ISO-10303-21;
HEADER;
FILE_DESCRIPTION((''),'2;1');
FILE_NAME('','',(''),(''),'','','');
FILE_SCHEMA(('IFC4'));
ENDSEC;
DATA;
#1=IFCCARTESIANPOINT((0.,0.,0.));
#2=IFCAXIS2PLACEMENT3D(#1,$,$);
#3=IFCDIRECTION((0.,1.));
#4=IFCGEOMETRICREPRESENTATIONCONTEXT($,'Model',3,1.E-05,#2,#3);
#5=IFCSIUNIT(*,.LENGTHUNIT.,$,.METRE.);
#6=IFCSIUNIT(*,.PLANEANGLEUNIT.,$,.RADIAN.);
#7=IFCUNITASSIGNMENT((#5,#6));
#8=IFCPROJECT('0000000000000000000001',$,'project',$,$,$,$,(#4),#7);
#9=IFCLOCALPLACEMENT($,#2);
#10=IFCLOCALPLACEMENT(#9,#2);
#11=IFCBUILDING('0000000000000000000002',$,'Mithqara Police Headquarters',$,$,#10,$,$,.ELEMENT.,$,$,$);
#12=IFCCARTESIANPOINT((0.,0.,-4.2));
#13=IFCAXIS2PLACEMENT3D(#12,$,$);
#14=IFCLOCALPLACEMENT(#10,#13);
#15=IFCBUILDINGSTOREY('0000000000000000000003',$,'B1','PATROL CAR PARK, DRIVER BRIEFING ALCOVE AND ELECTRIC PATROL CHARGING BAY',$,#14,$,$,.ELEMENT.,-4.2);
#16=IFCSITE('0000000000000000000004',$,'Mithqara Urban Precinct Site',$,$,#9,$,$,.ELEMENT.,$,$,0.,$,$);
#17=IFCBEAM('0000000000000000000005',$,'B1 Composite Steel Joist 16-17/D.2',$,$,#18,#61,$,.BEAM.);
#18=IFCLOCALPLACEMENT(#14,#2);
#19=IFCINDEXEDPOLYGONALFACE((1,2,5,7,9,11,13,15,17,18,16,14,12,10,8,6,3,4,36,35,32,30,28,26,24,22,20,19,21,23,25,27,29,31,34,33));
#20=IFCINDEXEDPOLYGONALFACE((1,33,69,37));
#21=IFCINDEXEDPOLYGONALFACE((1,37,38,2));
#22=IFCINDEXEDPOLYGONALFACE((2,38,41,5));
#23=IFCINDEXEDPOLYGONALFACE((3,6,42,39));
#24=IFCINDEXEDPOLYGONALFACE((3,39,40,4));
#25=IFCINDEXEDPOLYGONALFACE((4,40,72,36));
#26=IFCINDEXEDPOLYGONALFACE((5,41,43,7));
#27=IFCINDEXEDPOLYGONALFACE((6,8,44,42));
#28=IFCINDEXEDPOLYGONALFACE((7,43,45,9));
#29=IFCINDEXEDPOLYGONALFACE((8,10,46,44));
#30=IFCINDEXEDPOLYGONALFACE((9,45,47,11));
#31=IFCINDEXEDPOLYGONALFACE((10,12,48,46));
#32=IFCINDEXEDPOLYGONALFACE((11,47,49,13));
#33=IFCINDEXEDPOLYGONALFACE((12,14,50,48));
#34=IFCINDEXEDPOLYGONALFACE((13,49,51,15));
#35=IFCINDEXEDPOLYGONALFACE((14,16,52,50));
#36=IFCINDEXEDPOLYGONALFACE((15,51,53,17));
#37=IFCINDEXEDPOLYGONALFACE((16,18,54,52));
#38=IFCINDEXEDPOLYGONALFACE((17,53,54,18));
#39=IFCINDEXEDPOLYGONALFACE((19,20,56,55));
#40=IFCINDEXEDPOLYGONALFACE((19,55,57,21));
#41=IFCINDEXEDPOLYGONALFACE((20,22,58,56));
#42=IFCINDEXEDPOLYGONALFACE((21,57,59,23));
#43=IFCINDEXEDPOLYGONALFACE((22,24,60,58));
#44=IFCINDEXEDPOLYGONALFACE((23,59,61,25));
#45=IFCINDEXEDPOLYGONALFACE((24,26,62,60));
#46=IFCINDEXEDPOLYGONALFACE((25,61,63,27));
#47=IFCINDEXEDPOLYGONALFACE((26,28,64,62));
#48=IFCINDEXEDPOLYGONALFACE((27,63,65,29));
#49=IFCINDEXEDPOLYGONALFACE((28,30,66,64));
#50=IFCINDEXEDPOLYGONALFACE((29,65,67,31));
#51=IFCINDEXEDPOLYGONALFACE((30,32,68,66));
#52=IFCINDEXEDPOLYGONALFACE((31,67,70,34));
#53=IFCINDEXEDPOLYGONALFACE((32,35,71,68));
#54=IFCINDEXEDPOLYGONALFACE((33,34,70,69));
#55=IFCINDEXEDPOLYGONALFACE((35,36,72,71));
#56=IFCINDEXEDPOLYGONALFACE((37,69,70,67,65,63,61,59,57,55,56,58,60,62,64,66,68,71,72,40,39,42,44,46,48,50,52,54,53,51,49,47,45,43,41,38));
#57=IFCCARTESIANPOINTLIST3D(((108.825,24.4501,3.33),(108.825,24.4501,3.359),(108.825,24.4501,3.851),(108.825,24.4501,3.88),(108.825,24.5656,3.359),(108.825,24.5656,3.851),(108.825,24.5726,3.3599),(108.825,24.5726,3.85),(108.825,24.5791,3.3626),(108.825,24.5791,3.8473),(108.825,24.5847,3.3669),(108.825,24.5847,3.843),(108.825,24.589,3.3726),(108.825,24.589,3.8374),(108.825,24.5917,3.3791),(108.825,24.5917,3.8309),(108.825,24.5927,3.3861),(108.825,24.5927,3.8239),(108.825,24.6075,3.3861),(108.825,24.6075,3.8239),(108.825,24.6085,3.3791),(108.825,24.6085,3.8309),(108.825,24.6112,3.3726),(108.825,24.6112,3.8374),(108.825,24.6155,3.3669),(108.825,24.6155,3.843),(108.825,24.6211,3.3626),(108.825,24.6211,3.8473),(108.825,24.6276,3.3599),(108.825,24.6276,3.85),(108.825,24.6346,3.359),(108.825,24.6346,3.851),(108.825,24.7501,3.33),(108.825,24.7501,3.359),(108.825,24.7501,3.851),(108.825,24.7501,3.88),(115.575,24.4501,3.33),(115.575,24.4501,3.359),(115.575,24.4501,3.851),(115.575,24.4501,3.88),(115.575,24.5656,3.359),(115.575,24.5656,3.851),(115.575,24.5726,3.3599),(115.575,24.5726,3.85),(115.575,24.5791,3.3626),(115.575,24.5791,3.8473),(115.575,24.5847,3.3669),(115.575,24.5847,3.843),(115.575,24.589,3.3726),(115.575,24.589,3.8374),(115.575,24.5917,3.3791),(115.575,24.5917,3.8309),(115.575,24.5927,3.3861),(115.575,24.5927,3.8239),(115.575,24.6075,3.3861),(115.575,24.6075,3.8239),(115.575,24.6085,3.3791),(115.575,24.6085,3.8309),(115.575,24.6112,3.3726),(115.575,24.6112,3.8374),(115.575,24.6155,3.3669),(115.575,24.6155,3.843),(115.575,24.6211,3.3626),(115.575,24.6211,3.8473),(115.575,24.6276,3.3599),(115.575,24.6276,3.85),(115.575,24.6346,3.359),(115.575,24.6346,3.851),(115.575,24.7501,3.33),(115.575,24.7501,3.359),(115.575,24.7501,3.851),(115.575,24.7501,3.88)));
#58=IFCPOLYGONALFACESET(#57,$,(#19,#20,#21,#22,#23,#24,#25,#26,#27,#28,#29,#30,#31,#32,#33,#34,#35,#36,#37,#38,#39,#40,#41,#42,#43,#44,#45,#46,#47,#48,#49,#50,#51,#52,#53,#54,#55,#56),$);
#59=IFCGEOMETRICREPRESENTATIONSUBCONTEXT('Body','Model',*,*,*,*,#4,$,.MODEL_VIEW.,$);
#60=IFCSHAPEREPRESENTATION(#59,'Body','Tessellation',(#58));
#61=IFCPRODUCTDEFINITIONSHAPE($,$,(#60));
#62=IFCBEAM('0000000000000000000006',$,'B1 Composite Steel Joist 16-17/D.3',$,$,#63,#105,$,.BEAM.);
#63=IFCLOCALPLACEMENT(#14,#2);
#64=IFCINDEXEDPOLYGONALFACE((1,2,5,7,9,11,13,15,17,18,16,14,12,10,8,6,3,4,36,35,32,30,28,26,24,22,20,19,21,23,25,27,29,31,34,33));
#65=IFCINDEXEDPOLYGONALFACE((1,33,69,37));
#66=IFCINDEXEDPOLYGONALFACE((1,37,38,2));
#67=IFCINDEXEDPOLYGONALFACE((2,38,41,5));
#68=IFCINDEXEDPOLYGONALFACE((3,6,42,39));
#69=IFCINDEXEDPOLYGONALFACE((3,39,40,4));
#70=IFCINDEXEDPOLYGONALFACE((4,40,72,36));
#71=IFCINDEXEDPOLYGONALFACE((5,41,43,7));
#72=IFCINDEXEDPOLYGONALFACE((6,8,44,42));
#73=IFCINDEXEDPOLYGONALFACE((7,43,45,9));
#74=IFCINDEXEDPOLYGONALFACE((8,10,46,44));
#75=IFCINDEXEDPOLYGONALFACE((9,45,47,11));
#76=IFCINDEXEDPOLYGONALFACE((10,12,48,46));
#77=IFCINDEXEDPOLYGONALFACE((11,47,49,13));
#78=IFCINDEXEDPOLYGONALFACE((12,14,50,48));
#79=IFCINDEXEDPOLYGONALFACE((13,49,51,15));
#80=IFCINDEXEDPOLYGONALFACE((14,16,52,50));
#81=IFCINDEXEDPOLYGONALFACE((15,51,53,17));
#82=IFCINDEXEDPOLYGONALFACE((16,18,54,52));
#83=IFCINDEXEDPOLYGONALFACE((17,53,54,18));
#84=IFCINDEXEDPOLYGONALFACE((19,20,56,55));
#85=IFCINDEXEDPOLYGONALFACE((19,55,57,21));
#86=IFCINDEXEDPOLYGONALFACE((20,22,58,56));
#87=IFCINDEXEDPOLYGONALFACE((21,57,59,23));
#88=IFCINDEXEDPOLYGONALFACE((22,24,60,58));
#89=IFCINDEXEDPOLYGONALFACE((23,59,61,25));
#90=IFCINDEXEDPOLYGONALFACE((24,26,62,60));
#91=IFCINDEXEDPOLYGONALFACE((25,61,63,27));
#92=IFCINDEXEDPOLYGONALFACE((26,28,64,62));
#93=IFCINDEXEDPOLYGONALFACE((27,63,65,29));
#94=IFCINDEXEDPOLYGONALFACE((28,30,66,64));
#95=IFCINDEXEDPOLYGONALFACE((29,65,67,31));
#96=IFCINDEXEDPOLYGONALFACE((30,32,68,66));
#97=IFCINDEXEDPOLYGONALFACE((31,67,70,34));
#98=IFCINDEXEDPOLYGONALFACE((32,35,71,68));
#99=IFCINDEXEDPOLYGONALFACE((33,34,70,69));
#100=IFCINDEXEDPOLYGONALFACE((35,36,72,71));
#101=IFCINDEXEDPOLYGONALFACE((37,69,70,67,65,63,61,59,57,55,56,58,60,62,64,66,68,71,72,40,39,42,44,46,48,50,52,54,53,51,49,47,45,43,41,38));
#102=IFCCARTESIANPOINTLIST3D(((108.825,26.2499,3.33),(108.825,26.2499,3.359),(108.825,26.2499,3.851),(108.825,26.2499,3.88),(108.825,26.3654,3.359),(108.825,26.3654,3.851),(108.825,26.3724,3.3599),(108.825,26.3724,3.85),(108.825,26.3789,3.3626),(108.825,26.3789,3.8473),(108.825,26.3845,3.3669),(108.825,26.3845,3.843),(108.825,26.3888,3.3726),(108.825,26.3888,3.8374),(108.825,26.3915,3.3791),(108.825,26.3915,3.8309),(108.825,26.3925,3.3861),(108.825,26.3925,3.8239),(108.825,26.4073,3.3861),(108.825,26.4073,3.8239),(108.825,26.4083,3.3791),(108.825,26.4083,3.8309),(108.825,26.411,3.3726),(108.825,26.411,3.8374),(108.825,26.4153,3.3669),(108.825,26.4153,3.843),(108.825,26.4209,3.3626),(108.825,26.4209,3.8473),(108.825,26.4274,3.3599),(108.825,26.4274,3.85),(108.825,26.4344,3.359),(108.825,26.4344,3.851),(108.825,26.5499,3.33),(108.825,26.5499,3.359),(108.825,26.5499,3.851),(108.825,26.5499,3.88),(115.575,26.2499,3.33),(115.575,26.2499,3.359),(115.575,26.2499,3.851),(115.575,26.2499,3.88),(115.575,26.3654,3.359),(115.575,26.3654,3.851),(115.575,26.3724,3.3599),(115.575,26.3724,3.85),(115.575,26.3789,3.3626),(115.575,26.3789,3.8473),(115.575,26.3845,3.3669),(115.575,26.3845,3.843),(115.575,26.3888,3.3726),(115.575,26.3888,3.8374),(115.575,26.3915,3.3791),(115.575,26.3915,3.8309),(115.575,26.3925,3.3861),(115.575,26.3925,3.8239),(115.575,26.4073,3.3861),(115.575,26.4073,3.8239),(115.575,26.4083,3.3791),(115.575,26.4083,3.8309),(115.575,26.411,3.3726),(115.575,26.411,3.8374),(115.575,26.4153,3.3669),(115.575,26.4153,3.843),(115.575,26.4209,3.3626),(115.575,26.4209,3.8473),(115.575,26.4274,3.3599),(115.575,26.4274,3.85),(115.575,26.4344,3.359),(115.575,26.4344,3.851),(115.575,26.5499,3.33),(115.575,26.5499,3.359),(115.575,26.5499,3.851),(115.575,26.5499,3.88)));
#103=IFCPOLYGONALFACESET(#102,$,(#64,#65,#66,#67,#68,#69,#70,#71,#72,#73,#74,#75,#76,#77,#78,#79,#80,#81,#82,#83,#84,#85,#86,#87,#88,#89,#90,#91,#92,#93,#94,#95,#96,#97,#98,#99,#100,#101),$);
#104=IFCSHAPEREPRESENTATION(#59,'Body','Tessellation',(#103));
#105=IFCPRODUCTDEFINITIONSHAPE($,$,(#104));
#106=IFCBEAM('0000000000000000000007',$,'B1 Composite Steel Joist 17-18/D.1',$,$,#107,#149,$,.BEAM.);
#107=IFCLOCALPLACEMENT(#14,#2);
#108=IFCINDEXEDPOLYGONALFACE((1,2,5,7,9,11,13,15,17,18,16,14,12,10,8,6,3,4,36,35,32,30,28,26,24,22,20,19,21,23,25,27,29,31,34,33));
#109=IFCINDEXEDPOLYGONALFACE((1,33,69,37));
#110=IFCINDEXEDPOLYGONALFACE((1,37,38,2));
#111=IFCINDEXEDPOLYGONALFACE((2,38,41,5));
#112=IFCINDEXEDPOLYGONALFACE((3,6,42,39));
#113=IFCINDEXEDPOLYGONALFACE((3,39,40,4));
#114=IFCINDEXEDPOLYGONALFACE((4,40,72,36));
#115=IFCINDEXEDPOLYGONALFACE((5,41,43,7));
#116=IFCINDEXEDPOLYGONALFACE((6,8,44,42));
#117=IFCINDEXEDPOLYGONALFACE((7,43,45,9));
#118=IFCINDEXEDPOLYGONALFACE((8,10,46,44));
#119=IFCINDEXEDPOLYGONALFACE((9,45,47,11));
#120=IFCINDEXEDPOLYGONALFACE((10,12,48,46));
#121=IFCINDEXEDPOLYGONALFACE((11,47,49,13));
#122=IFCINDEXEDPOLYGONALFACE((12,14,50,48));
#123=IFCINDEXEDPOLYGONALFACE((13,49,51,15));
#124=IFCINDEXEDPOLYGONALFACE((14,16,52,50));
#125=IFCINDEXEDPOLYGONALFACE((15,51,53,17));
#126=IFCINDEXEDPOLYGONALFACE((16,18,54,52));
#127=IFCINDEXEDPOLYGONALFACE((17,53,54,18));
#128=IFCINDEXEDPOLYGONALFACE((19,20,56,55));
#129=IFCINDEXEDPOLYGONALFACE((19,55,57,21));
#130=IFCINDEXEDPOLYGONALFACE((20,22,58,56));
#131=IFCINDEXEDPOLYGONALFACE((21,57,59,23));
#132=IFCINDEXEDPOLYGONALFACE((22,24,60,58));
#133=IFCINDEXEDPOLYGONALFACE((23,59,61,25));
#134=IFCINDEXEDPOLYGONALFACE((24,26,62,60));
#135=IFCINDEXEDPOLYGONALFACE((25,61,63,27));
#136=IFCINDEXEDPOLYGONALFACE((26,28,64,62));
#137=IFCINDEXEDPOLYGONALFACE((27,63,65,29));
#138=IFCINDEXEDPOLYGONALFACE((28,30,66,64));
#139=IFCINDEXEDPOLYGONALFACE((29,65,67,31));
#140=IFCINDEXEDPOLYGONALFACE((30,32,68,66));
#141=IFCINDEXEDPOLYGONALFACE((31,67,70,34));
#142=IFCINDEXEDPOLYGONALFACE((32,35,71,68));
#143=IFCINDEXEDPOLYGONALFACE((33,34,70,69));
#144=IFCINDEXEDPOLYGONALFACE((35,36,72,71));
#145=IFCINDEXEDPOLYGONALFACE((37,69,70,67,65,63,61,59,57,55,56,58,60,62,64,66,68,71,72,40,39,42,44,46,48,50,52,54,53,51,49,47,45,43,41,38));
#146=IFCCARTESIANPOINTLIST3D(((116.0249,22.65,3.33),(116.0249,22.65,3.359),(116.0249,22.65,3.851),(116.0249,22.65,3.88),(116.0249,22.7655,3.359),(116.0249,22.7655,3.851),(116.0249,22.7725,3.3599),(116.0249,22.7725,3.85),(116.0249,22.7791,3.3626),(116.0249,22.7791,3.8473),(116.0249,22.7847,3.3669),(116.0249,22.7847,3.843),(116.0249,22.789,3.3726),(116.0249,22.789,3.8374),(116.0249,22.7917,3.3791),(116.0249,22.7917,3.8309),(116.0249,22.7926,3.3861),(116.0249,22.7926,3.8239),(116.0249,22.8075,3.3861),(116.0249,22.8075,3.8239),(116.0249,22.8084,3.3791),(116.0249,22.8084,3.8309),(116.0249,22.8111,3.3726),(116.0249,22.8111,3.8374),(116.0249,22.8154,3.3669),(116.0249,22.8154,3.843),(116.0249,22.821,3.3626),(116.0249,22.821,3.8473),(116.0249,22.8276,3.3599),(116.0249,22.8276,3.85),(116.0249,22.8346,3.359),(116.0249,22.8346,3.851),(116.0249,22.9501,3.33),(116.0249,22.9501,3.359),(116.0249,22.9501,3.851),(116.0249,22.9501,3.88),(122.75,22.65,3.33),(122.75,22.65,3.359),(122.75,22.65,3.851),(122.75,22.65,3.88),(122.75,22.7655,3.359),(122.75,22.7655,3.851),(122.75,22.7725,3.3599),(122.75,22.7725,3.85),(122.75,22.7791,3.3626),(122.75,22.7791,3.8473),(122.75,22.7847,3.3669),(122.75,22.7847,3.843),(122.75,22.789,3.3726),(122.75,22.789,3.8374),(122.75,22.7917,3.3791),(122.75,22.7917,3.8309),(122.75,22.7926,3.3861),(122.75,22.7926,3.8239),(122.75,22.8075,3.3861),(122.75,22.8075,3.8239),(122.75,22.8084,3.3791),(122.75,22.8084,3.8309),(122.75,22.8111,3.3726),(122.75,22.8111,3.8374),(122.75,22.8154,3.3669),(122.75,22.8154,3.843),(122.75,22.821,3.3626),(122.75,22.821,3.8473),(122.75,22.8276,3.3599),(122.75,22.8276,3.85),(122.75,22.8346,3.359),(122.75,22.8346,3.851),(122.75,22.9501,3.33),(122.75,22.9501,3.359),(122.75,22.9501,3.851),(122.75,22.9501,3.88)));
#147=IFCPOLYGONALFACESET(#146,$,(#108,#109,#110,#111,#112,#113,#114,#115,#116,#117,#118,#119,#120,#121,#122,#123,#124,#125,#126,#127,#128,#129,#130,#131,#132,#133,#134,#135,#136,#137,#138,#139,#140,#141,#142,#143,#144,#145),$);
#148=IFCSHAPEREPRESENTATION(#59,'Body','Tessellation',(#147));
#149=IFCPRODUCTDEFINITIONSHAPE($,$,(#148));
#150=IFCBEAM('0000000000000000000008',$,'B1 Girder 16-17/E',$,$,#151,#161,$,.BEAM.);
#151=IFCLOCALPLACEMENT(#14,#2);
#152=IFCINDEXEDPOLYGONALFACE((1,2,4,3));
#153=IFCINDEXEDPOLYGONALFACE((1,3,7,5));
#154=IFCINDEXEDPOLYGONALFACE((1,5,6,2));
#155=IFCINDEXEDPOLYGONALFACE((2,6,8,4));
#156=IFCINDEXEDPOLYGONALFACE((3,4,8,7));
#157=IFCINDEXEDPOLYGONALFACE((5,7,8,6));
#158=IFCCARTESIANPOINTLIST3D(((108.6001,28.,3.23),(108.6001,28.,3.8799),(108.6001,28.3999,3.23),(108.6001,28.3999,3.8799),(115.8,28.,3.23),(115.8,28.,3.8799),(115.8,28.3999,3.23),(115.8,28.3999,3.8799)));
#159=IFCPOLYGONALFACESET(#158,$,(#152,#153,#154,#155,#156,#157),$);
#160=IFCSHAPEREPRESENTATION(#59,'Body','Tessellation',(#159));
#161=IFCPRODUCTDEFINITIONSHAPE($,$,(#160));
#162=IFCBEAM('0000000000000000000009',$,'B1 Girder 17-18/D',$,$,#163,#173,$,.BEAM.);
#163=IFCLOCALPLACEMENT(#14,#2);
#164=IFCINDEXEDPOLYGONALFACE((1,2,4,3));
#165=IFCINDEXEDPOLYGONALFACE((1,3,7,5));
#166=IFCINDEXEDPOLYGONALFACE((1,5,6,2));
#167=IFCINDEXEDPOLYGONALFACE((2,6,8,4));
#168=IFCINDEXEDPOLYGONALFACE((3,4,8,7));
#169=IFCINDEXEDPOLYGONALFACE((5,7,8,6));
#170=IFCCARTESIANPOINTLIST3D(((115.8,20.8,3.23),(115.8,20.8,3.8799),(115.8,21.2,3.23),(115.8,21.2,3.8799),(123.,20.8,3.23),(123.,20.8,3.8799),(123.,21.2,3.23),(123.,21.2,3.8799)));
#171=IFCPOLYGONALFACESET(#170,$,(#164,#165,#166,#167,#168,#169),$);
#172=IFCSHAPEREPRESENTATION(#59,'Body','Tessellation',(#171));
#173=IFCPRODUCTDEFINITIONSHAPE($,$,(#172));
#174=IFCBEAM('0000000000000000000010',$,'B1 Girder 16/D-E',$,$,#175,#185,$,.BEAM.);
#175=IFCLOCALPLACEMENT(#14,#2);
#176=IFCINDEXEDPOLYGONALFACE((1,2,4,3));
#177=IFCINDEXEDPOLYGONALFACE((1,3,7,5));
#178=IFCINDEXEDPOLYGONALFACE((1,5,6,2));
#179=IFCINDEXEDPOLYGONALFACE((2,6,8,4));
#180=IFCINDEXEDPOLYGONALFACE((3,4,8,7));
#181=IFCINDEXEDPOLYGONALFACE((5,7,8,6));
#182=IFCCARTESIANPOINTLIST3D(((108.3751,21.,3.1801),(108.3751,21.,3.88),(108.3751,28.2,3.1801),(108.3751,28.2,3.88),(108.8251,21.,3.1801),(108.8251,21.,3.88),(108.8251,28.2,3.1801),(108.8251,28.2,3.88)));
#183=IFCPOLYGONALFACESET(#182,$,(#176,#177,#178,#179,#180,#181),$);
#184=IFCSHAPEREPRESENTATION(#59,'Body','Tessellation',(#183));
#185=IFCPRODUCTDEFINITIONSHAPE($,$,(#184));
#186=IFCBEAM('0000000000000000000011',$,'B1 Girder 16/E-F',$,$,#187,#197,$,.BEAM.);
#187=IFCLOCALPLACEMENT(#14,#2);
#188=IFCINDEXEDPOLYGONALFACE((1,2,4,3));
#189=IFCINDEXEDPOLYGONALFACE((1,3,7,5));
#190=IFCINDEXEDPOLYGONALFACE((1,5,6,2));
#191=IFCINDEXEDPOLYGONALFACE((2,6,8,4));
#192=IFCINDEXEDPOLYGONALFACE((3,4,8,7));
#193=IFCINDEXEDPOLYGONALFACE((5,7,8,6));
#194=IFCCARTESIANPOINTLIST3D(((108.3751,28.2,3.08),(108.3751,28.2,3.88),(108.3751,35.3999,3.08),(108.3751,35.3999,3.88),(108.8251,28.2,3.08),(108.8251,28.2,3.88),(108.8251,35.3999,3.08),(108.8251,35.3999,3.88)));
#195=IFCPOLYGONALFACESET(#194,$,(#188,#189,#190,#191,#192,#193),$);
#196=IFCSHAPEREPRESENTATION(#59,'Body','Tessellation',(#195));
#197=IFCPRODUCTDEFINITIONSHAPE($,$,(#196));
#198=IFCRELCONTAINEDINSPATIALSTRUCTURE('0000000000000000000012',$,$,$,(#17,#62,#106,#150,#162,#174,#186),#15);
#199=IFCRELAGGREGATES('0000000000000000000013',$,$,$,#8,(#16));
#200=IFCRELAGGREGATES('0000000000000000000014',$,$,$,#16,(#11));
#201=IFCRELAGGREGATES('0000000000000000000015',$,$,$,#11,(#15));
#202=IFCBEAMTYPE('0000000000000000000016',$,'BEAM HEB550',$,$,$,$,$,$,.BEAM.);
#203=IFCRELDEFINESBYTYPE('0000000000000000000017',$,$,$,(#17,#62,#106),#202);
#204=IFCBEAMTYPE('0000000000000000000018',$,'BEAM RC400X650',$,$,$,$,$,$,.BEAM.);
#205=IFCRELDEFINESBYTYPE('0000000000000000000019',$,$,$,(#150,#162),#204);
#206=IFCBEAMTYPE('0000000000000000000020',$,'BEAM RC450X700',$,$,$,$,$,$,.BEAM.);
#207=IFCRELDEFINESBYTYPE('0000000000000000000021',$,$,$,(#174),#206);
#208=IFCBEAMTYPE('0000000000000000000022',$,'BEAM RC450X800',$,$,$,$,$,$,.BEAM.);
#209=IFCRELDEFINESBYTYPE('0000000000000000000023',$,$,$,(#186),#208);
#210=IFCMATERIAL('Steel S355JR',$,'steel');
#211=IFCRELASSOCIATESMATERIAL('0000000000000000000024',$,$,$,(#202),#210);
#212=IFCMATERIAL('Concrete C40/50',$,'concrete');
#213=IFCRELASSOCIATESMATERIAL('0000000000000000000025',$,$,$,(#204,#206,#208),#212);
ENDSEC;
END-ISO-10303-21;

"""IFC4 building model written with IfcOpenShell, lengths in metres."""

from ifc_helpers import new_model, si_unit, direction, frame, origin, origin_2d, place, context, subcontext, project, spatial, rectangle, i_section, extrude, material, material_profile, profile_set, type_object, element, save


model = new_model("IFC4")

# Units and contexts
model_context = context("Model", 3, precision=1e-05, world=origin(), true_north=direction((0.0, 1.0)))
body_context = subcontext(model_context, "Body", "Model", "MODEL_VIEW")
ifc_project = project(units=[si_unit("LENGTHUNIT", "METRE"), si_unit("PLANEANGLEUNIT", "RADIAN")], contexts=[model_context])

# Site, building, storey
site_placement = place(None, origin())
site = spatial("IfcSite", under=ifc_project, at=site_placement, Name="Mithqara Urban Precinct Site", CompositionType="ELEMENT", RefElevation=0.0)
building_placement = place(site_placement, origin())
building = spatial("IfcBuilding", under=site, at=building_placement, Name="Mithqara Police Headquarters", CompositionType="ELEMENT")
storey_placement = place(building_placement, frame((0.0, 0.0, -4.2)))
storey = spatial("IfcBuildingStorey", under=building, at=storey_placement, Name="B1", Description="PATROL CAR PARK, DRIVER BRIEFING ALCOVE AND ELECTRIC PATROL CHARGING BAY", CompositionType="ELEMENT", Elevation=-4.2)

# Shared definitions
ifc_material_1 = material(Name="Concrete C40/50", Category="concrete")

# Beams
ifc_material_2 = material(Name="Steel S355JR", Category="steel")
ifc_material_profile_1 = material_profile(ifc_material_2, i_section(OverallWidth=0.3, OverallDepth=0.55, WebThickness=0.0149, FlangeThickness=0.0291, FilletRadius=0.0271, at=origin_2d()), Name="HEB 550")
ifc_profile_set_1 = profile_set([ifc_material_profile_1], Name="Steel S355JR")
beam_type_1 = type_object("IfcBeamType", Name="BEAM HEB550", PredefinedType="BEAM", material=ifc_profile_set_1)
for number, where, z_axis, x_axis, name in (
    (1, (108.825, 24.6001, 3.605), (1.0, 0.0, 0.0), (0.0, 1.0, 0.0), "B1 Composite Steel Joist 16-17/D.2"),
    (2, (108.825, 26.3999, 3.605), (1.0, 0.0, 0.0), (0.0, 1.0, 0.0), "B1 Composite Steel Joist 16-17/D.3"),
):
    element("IfcBeam", number, at=place(storey_placement, frame(where, z_axis=z_axis, x_axis=x_axis)), inside=storey, type_object=beam_type_1, Name=name, PredefinedType="BEAM", context=body_context, shape_type="SweptSolid", body=[
        extrude(i_section(OverallWidth=0.3, OverallDepth=0.55, WebThickness=0.0149, FlangeThickness=0.0291, FilletRadius=0.0271, at=origin_2d()), origin(), (0.0, 0.0, 1.0), 6.75),
    ])
beam_1_placement = place(storey_placement, frame((116.0249, 22.8, 3.605), z_axis=(1.0, 0.0, 0.0), x_axis=(0.0, 1.0, 0.0)))
element("IfcBeam", 3, at=beam_1_placement, inside=storey, type_object=beam_type_1, Name="B1 Composite Steel Joist 17-18/D.1", PredefinedType="BEAM", context=body_context, shape_type="SweptSolid", body=[
    extrude(i_section(OverallWidth=0.3, OverallDepth=0.55, WebThickness=0.0149, FlangeThickness=0.0291, FilletRadius=0.0271, at=origin_2d()), origin(), (0.0, 0.0, 1.0), 6.7251),
])
ifc_material_profile_2 = material_profile(ifc_material_1, rectangle(XDim=0.3999, YDim=0.6499, at=origin_2d()), Name="RC 400x650")
ifc_profile_set_2 = profile_set([ifc_material_profile_2], Name="Concrete C40/50")
beam_type_2 = type_object("IfcBeamType", Name="BEAM RC400X650", PredefinedType="BEAM", material=ifc_profile_set_2)
for number, where, z_axis, x_axis, name in (
    (4, (108.6001, 28.2, 3.5549), (1.0, 0.0, 0.0), (0.0, 1.0, 0.0), "B1 Girder 16-17/E"),
    (5, (115.8, 21.0, 3.5549), (1.0, 0.0, 0.0), (0.0, 1.0, 0.0), "B1 Girder 17-18/D"),
):
    element("IfcBeam", number, at=place(storey_placement, frame(where, z_axis=z_axis, x_axis=x_axis)), inside=storey, type_object=beam_type_2, Name=name, PredefinedType="BEAM", context=body_context, shape_type="SweptSolid", body=[
        extrude(rectangle(XDim=0.3999, YDim=0.6499, at=origin_2d()), origin(), (0.0, 0.0, 1.0), 7.2),
    ])
ifc_material_profile_3 = material_profile(ifc_material_1, rectangle(XDim=0.45, YDim=0.7, at=origin_2d()), Name="RC 450x700")
ifc_profile_set_3 = profile_set([ifc_material_profile_3], Name="Concrete C40/50")
beam_type_3 = type_object("IfcBeamType", Name="BEAM RC450X700", PredefinedType="BEAM", material=ifc_profile_set_3)
beam_2_placement = place(storey_placement, frame((108.6001, 21.0, 3.53), z_axis=(0.0, 1.0, 0.0), x_axis=(-1.0, 0.0, 0.0)))
element("IfcBeam", 6, at=beam_2_placement, inside=storey, type_object=beam_type_3, Name="B1 Girder 16/D-E", PredefinedType="BEAM", context=body_context, shape_type="SweptSolid", body=[
    extrude(rectangle(XDim=0.45, YDim=0.7, at=origin_2d()), origin(), (0.0, 0.0, 1.0), 7.2),
])
ifc_material_profile_4 = material_profile(ifc_material_1, rectangle(XDim=0.45, YDim=0.8, at=origin_2d()), Name="RC 450x800")
ifc_profile_set_4 = profile_set([ifc_material_profile_4], Name="Concrete C40/50")
beam_type_4 = type_object("IfcBeamType", Name="BEAM RC450X800", PredefinedType="BEAM", material=ifc_profile_set_4)
for number, where, z_axis, x_axis, name in (
    (7, (108.6001, 28.2, 3.48), (0.0, 1.0, 0.0), (-1.0, 0.0, 0.0), "B1 Girder 16/E-F"),
):
    element("IfcBeam", number, at=place(storey_placement, frame(where, z_axis=z_axis, x_axis=x_axis)), inside=storey, type_object=beam_type_4, Name=name, PredefinedType="BEAM", context=body_context, shape_type="SweptSolid", body=[
        extrude(rectangle(XDim=0.45, YDim=0.8, at=origin_2d()), origin(), (0.0, 0.0, 1.0), 7.2),
    ])

save(model, "model.ifc")
